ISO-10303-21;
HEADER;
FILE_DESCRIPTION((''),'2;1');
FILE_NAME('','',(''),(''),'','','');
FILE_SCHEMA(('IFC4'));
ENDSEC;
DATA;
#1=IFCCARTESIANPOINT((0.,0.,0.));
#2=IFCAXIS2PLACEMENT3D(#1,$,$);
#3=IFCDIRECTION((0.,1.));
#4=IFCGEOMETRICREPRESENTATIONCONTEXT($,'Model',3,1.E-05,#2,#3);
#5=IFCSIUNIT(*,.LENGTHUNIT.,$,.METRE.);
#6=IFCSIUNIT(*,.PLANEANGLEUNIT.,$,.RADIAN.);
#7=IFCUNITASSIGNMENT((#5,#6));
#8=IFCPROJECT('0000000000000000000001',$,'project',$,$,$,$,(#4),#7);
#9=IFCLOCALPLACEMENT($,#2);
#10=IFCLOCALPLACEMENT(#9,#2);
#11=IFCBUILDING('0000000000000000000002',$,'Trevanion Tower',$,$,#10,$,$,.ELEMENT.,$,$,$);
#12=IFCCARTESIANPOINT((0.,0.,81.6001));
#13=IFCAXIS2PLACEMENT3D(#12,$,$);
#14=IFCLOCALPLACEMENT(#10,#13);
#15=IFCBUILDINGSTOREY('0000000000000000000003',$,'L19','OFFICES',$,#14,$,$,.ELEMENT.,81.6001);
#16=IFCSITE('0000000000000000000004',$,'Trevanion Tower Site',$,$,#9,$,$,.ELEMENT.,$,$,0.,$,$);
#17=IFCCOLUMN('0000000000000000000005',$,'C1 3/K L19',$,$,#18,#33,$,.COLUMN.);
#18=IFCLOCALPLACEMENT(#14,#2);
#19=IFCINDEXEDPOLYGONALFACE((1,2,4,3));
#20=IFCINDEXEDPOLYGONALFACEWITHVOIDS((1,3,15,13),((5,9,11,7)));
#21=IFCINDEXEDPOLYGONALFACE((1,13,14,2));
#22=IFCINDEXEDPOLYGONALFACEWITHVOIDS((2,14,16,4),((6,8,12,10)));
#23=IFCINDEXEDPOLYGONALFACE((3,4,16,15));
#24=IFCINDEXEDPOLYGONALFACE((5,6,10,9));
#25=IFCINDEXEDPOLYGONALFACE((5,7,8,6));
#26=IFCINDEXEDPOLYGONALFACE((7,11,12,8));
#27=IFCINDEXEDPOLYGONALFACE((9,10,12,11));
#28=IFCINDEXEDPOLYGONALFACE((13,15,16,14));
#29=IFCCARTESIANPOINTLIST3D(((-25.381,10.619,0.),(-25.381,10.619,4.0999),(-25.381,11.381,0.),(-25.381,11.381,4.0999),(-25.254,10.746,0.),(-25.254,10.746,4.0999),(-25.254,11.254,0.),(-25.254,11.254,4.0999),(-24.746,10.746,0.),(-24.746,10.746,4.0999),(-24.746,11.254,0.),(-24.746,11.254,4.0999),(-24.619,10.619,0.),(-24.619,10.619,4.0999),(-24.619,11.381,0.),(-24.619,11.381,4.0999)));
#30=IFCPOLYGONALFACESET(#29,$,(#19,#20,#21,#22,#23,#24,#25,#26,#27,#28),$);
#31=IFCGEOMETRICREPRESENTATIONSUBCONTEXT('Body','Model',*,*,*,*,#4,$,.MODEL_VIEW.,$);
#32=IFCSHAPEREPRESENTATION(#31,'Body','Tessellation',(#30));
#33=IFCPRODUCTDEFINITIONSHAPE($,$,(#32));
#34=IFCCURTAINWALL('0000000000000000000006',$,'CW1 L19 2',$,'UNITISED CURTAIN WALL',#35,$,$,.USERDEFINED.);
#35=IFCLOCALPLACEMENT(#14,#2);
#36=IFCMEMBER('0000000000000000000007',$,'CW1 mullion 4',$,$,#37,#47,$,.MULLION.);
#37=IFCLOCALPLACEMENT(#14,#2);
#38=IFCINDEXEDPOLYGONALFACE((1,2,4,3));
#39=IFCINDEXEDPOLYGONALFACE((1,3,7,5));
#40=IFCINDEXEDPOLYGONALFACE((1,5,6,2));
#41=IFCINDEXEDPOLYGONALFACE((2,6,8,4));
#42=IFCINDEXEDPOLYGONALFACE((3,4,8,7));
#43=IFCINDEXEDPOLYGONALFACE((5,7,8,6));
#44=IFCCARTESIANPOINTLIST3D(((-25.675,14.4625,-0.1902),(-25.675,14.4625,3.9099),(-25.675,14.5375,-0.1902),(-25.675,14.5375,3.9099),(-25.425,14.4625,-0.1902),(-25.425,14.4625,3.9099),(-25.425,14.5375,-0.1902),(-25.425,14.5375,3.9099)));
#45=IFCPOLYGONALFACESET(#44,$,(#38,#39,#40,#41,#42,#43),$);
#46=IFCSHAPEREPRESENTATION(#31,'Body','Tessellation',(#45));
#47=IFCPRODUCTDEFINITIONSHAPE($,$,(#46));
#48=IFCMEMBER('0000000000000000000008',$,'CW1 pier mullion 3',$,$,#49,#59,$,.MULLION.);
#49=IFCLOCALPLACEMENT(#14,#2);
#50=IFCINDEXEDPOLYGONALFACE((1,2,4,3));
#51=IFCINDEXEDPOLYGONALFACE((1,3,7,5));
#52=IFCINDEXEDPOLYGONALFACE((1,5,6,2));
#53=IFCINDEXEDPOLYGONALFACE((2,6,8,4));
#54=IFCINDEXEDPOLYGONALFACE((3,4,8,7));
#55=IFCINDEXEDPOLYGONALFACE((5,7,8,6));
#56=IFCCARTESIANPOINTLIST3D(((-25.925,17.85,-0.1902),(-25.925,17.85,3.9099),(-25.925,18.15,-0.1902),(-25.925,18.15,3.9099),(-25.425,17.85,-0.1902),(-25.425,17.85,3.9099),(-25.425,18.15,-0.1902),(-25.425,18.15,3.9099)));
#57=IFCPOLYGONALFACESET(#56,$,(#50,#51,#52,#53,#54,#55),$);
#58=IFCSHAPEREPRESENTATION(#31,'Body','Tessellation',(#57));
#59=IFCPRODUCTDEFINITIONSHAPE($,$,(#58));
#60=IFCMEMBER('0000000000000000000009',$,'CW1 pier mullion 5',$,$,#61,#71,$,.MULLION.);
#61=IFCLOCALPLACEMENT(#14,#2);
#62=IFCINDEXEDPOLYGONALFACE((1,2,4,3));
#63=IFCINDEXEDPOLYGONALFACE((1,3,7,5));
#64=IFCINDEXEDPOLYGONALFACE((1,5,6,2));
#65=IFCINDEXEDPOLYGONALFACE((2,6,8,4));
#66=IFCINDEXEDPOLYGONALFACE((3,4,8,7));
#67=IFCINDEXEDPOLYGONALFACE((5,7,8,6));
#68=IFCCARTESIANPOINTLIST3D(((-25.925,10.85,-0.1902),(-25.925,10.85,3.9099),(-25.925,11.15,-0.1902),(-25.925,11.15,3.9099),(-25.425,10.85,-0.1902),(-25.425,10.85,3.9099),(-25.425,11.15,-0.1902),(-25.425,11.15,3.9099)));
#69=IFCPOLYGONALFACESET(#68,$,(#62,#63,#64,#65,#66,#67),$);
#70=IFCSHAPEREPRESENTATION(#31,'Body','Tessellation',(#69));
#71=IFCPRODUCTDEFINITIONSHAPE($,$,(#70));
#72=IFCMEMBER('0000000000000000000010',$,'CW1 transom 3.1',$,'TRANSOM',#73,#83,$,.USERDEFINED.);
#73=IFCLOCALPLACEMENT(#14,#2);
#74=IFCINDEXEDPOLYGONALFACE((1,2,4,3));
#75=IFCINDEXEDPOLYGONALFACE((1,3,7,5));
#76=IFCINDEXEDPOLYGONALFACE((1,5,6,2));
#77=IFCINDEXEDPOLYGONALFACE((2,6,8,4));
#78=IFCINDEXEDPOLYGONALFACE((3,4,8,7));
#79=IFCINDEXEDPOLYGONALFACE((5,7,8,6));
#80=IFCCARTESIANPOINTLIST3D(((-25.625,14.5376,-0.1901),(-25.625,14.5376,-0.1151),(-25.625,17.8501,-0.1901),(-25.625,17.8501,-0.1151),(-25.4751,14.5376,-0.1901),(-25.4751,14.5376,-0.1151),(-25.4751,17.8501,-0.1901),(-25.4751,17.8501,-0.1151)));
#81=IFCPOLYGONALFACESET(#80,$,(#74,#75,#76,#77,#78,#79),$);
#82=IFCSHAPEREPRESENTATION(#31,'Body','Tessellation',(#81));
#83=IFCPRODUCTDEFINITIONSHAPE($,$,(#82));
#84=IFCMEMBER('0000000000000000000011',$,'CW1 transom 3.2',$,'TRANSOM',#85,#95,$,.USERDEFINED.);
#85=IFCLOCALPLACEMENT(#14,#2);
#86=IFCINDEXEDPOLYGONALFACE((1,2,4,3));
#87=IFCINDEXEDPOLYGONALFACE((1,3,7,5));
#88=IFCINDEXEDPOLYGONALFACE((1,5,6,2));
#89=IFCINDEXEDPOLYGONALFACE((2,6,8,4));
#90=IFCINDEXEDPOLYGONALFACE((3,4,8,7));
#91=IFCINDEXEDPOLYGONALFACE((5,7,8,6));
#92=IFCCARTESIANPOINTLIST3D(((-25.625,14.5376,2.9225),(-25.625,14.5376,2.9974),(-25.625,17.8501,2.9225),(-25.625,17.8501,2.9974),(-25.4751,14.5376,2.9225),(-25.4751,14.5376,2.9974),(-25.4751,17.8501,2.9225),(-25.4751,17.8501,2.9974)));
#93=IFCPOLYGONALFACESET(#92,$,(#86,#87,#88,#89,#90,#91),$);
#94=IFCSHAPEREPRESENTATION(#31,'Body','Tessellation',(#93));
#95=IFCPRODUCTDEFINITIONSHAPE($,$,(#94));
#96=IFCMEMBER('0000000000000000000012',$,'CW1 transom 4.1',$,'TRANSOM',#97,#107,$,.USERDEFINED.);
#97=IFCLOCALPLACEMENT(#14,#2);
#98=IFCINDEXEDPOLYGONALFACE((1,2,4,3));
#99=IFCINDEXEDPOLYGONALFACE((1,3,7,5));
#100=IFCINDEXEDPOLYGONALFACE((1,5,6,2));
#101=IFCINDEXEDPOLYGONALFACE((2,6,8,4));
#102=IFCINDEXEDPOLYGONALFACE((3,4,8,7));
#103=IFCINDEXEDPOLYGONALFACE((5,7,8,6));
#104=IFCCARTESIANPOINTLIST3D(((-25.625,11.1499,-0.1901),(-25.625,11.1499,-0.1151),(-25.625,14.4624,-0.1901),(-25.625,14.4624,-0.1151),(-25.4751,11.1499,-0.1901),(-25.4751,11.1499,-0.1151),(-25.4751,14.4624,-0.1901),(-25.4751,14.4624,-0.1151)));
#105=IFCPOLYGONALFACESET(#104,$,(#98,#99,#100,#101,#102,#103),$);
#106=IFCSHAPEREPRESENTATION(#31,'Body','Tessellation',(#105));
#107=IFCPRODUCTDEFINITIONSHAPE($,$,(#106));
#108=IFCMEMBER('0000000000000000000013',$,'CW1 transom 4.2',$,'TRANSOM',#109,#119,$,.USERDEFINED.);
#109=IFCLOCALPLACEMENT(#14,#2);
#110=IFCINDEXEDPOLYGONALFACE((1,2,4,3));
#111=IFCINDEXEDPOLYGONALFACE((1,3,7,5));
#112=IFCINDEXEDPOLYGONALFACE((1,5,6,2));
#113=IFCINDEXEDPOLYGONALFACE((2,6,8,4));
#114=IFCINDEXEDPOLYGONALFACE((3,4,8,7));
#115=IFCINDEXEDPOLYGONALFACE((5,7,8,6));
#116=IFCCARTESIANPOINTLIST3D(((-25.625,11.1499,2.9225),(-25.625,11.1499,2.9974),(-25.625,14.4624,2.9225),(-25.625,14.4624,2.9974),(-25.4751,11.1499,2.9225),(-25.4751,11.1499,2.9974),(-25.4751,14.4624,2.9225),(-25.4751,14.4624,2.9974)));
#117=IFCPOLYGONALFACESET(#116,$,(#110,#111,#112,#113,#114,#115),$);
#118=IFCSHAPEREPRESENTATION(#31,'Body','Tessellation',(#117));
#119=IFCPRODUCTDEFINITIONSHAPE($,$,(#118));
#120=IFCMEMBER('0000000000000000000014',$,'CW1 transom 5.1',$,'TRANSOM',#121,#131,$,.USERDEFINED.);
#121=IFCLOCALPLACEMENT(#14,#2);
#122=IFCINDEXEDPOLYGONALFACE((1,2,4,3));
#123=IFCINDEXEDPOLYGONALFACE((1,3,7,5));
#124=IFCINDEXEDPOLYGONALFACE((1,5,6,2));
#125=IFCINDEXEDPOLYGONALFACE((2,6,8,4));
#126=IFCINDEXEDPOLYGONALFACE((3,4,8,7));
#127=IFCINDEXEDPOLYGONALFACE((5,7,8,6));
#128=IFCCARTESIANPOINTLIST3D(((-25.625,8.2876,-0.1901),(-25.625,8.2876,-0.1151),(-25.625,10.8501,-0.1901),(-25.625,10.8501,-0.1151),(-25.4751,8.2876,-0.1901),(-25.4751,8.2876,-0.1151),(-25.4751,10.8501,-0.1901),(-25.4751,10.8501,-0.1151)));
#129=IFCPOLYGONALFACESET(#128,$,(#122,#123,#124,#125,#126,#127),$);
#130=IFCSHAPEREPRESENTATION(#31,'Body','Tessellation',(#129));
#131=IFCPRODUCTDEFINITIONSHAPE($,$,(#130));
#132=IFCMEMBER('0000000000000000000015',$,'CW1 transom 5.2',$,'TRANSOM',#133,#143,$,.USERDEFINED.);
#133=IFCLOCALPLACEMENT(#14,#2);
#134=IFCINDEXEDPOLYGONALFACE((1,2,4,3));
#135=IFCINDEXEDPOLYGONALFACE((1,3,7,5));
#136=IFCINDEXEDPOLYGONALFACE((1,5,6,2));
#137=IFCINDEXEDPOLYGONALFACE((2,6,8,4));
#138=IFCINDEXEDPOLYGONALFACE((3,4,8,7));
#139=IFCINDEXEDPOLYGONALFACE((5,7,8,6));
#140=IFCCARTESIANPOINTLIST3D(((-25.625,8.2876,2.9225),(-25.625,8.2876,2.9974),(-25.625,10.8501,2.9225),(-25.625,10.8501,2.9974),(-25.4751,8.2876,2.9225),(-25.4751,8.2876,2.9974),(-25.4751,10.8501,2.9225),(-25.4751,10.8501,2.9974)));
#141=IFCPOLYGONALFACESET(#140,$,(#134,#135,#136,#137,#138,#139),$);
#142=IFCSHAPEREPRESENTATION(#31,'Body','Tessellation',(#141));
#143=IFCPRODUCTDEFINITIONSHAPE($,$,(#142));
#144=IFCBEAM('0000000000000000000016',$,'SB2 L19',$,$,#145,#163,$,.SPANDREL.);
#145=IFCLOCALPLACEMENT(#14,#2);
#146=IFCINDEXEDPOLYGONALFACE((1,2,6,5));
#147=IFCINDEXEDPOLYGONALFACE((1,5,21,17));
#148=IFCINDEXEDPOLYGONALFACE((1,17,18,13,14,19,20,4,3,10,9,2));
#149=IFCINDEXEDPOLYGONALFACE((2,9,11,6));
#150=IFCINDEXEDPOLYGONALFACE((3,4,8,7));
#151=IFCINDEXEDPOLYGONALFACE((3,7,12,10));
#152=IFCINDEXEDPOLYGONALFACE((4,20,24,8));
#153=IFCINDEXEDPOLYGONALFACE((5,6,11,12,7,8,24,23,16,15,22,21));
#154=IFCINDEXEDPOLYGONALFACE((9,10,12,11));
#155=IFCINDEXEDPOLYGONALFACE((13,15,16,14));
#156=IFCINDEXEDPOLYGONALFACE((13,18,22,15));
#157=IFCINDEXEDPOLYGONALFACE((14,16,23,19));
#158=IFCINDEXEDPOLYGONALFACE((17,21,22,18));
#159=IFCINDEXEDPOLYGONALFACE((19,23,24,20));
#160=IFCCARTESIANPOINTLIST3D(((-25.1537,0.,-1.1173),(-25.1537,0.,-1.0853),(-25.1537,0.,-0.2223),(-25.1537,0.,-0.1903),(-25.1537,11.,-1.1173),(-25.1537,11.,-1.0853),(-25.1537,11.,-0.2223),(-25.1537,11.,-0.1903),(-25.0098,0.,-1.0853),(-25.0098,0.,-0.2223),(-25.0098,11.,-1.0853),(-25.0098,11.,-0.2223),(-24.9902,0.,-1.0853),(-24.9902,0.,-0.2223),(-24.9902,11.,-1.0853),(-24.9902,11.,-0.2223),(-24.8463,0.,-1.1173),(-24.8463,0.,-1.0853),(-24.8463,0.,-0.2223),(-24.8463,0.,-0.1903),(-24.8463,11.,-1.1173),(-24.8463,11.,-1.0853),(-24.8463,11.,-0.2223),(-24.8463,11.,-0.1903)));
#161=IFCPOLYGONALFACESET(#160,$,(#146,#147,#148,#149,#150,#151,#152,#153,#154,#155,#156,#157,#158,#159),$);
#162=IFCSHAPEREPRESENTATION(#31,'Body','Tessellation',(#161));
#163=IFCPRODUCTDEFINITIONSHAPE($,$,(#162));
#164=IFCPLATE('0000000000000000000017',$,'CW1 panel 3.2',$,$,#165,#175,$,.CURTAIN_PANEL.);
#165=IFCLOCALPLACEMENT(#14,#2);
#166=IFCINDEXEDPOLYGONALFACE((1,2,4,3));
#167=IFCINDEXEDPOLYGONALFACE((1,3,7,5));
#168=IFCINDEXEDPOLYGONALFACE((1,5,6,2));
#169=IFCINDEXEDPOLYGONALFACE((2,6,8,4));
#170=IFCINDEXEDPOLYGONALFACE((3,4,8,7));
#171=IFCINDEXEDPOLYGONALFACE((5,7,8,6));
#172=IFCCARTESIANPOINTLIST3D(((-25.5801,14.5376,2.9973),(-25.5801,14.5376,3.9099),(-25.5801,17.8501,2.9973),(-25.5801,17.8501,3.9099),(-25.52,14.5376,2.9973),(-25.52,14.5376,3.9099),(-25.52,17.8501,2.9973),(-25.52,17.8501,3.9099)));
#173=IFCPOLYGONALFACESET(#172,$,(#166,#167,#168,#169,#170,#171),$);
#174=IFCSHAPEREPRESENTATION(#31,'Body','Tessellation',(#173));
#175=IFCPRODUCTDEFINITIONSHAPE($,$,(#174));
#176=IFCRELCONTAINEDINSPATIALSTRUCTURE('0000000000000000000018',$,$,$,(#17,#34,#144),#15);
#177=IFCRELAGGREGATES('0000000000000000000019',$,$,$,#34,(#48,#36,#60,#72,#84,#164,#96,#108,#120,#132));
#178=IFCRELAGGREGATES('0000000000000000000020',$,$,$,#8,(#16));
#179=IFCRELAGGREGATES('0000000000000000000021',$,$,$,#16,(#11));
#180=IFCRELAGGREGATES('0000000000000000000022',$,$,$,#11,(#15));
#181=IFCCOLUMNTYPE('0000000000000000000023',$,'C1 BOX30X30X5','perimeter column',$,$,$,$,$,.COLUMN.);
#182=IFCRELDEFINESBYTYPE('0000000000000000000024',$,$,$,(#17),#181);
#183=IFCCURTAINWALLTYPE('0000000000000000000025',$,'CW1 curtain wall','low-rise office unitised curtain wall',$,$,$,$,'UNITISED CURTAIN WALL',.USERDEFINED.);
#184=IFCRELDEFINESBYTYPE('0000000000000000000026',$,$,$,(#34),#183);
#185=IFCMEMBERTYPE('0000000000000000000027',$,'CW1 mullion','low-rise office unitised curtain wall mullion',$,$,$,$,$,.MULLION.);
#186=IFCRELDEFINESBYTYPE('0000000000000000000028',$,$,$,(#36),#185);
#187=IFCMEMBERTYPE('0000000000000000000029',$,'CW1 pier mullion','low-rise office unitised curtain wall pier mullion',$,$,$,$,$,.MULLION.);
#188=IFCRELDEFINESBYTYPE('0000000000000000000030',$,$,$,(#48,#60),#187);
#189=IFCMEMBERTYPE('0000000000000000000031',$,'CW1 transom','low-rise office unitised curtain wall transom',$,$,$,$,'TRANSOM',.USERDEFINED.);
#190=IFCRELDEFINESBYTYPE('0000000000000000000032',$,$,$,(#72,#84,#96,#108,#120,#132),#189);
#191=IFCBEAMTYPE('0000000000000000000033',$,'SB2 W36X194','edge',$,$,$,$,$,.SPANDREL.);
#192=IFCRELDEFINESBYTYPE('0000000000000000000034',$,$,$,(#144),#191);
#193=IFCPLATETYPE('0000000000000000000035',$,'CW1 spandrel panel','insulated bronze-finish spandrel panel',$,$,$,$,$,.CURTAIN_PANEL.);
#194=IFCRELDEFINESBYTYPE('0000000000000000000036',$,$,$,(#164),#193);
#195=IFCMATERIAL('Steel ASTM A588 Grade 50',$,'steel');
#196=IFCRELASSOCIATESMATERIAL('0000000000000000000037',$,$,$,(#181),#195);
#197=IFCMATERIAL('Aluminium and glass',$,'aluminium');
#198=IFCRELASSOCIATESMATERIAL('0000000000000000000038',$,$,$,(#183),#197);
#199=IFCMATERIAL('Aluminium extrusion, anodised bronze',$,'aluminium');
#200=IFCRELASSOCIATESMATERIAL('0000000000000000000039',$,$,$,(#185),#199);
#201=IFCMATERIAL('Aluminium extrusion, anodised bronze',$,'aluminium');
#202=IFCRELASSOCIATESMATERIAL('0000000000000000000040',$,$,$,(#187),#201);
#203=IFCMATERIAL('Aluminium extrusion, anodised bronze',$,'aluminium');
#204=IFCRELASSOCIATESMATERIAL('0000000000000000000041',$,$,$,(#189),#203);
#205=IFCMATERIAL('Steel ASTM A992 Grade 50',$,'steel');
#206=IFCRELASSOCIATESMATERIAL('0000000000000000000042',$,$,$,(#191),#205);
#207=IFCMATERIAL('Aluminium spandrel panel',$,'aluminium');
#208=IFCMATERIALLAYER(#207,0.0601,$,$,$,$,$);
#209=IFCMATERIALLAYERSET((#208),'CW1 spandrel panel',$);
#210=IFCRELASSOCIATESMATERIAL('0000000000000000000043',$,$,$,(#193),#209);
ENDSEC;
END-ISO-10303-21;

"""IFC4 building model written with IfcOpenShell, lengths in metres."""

from ifc_helpers import new_model, si_unit, direction, frame, origin, origin_2d, place, context, subcontext, project, spatial, rectangle, hollow_rectangle, i_section, extrude, material, layer, layer_set, material_profile, profile_set, type_object, element, aggregate, save


model = new_model("IFC4")

# Units and contexts
model_context = context("Model", 3, precision=1e-05, world=origin(), true_north=direction((0.0, 1.0)))
body_context = subcontext(model_context, "Body", "Model", "MODEL_VIEW")
ifc_project = project(units=[si_unit("LENGTHUNIT", "METRE"), si_unit("PLANEANGLEUNIT", "RADIAN")], contexts=[model_context])

# Site, building, storey
site_placement = place(None, origin())
site = spatial("IfcSite", under=ifc_project, at=site_placement, Name="Trevanion Tower Site", CompositionType="ELEMENT", RefElevation=0.0)
building_placement = place(site_placement, origin())
building = spatial("IfcBuilding", under=site, at=building_placement, Name="Trevanion Tower", CompositionType="ELEMENT")
storey_placement = place(building_placement, frame((0.0, 0.0, 81.6001)))
storey = spatial("IfcBuildingStorey", under=building, at=storey_placement, Name="L19", Description="OFFICES", CompositionType="ELEMENT", Elevation=81.6001)

# Column
ifc_material_1 = material(Name="Steel ASTM A588 Grade 50", Category="steel")
ifc_material_profile_1 = material_profile(ifc_material_1, hollow_rectangle(XDim=0.762, YDim=0.762, WallThickness=0.127, at=origin_2d()), Name="BOX30X30X5")
ifc_profile_set_1 = profile_set([ifc_material_profile_1], Name="Steel ASTM A588 Grade 50")
column_type = type_object("IfcColumnType", Name="C1 BOX30X30X5", Description="perimeter column", PredefinedType="COLUMN", material=ifc_profile_set_1)
column_placement = place(storey_placement, frame((-25.0, 11.0, 0.0), z_axis=(0.0, 0.0, 1.0), x_axis=(0.0, 1.0, 0.0)))
element("IfcColumn", 1, at=column_placement, inside=storey, type_object=column_type, Name="C1 3/K L19", PredefinedType="COLUMN", context=body_context, shape_type="SweptSolid", body=[
    extrude(hollow_rectangle(XDim=0.762, YDim=0.762, WallThickness=0.127, at=origin_2d()), origin(), (0.0, 0.0, 1.0), 4.0999),
])

# Curtain wall, members
ifc_material_2 = material(Name="Aluminium and glass", Category="aluminium")
curtain_wall_type = type_object("IfcCurtainWallType", Name="CW1 curtain wall", Description="low-rise office unitised curtain wall", ElementType="UNITISED CURTAIN WALL", PredefinedType="USERDEFINED", material=ifc_material_2)
curtain_wall_placement = place(storey_placement, origin())
curtain_wall = element("IfcCurtainWall", 2, at=curtain_wall_placement, inside=storey, type_object=curtain_wall_type, Name="CW1 L19 2", ObjectType="UNITISED CURTAIN WALL", PredefinedType="USERDEFINED")
ifc_material_3 = material(Name="Aluminium extrusion, anodised bronze", Category="aluminium")
ifc_material_profile_2 = material_profile(ifc_material_3, rectangle(XDim=0.075, YDim=0.25, at=origin_2d()), Name="CW1 mullion")
ifc_profile_set_2 = profile_set([ifc_material_profile_2], Name="Aluminium extrusion, anodised bronze")
member_type_1 = type_object("IfcMemberType", Name="CW1 mullion", Description="low-rise office unitised curtain wall mullion", PredefinedType="MULLION", material=ifc_profile_set_2)
member_1_placement = place(storey_placement, frame((-25.55, 14.5, -0.1902), z_axis=(0.0, 0.0, 1.0), x_axis=(0.0, -1.0, 0.0)))
member_1 = element("IfcMember", 3, at=member_1_placement, type_object=member_type_1, Name="CW1 mullion 4", PredefinedType="MULLION", context=body_context, shape_type="SweptSolid", body=[
    extrude(rectangle(XDim=0.075, YDim=0.25, at=origin_2d()), origin(), (0.0, 0.0, 1.0), 4.1001),
])
ifc_material_4 = material(Name="Aluminium extrusion, anodised bronze", Category="aluminium")
ifc_material_profile_3 = material_profile(ifc_material_4, rectangle(XDim=0.3, YDim=0.5, at=origin_2d()), Name="CW1 pier mullion")
ifc_profile_set_3 = profile_set([ifc_material_profile_3], Name="Aluminium extrusion, anodised bronze")
member_type_2 = type_object("IfcMemberType", Name="CW1 pier mullion", Description="low-rise office unitised curtain wall pier mullion", PredefinedType="MULLION", material=ifc_profile_set_3)
member_2_placement = place(storey_placement, frame((-25.675, 18.0, -0.1902), z_axis=(0.0, 0.0, 1.0), x_axis=(0.0, -1.0, 0.0)))
member_2 = element("IfcMember", 4, at=member_2_placement, type_object=member_type_2, Name="CW1 pier mullion 3", PredefinedType="MULLION", context=body_context, shape_type="SweptSolid", body=[
    extrude(rectangle(XDim=0.3, YDim=0.5, at=origin_2d()), origin(), (0.0, 0.0, 1.0), 4.1001),
])
member_3_placement = place(storey_placement, frame((-25.675, 11.0, -0.1902), z_axis=(0.0, 0.0, 1.0), x_axis=(0.0, -1.0, 0.0)))
member_3 = element("IfcMember", 5, at=member_3_placement, type_object=member_type_2, Name="CW1 pier mullion 5", PredefinedType="MULLION", context=body_context, shape_type="SweptSolid", body=[
    extrude(rectangle(XDim=0.3, YDim=0.5, at=origin_2d()), origin(), (0.0, 0.0, 1.0), 4.1001),
])
ifc_material_5 = material(Name="Aluminium extrusion, anodised bronze", Category="aluminium")
ifc_material_profile_4 = material_profile(ifc_material_5, rectangle(XDim=0.1499, YDim=0.075, at=origin_2d()), Name="CW1 transom")
ifc_profile_set_4 = profile_set([ifc_material_profile_4], Name="Aluminium extrusion, anodised bronze")
member_type_3 = type_object("IfcMemberType", Name="CW1 transom", Description="low-rise office unitised curtain wall transom", ElementType="TRANSOM", PredefinedType="USERDEFINED", material=ifc_profile_set_4)
member_4_placement = place(storey_placement, frame((-25.55, 17.8501, -0.1526), z_axis=(0.0, -1.0, 0.0), x_axis=(1.0, 0.0, 0.0)))
member_4 = element("IfcMember", 6, at=member_4_placement, type_object=member_type_3, Name="CW1 transom 3.1", ObjectType="TRANSOM", PredefinedType="USERDEFINED", context=body_context, shape_type="SweptSolid", body=[
    extrude(rectangle(XDim=0.1499, YDim=0.075, at=origin_2d()), origin(), (0.0, 0.0, 1.0), 3.3125),
])
member_5_placement = place(storey_placement, frame((-25.55, 17.8501, 2.96), z_axis=(0.0, -1.0, 0.0), x_axis=(1.0, 0.0, 0.0)))
member_5 = element("IfcMember", 7, at=member_5_placement, type_object=member_type_3, Name="CW1 transom 3.2", ObjectType="TRANSOM", PredefinedType="USERDEFINED", context=body_context, shape_type="SweptSolid", body=[
    extrude(rectangle(XDim=0.1499, YDim=0.075, at=origin_2d()), origin(), (0.0, 0.0, 1.0), 3.3125),
])
member_6_placement = place(storey_placement, frame((-25.55, 14.4624, -0.1526), z_axis=(0.0, -1.0, 0.0), x_axis=(1.0, 0.0, 0.0)))
member_6 = element("IfcMember", 8, at=member_6_placement, type_object=member_type_3, Name="CW1 transom 4.1", ObjectType="TRANSOM", PredefinedType="USERDEFINED", context=body_context, shape_type="SweptSolid", body=[
    extrude(rectangle(XDim=0.1499, YDim=0.075, at=origin_2d()), origin(), (0.0, 0.0, 1.0), 3.3125),
])
member_7_placement = place(storey_placement, frame((-25.55, 14.4624, 2.96), z_axis=(0.0, -1.0, 0.0), x_axis=(1.0, 0.0, 0.0)))
member_7 = element("IfcMember", 9, at=member_7_placement, type_object=member_type_3, Name="CW1 transom 4.2", ObjectType="TRANSOM", PredefinedType="USERDEFINED", context=body_context, shape_type="SweptSolid", body=[
    extrude(rectangle(XDim=0.1499, YDim=0.075, at=origin_2d()), origin(), (0.0, 0.0, 1.0), 3.3125),
])
member_8_placement = place(storey_placement, frame((-25.55, 10.8501, -0.1526), z_axis=(0.0, -1.0, 0.0), x_axis=(1.0, 0.0, 0.0)))
member_8 = element("IfcMember", 10, at=member_8_placement, type_object=member_type_3, Name="CW1 transom 5.1", ObjectType="TRANSOM", PredefinedType="USERDEFINED", context=body_context, shape_type="SweptSolid", body=[
    extrude(rectangle(XDim=0.1499, YDim=0.075, at=origin_2d()), origin(), (0.0, 0.0, 1.0), 2.5625),
])
member_9_placement = place(storey_placement, frame((-25.55, 10.8501, 2.96), z_axis=(0.0, -1.0, 0.0), x_axis=(1.0, 0.0, 0.0)))
member_9 = element("IfcMember", 11, at=member_9_placement, type_object=member_type_3, Name="CW1 transom 5.2", ObjectType="TRANSOM", PredefinedType="USERDEFINED", context=body_context, shape_type="SweptSolid", body=[
    extrude(rectangle(XDim=0.1499, YDim=0.075, at=origin_2d()), origin(), (0.0, 0.0, 1.0), 2.5625),
])

# Beam
ifc_material_6 = material(Name="Steel ASTM A992 Grade 50", Category="steel")
ifc_material_profile_5 = material_profile(ifc_material_6, i_section(OverallWidth=0.3074, OverallDepth=0.927, WebThickness=0.0195, FlangeThickness=0.032, at=origin_2d()), Name="W36X194")
ifc_profile_set_5 = profile_set([ifc_material_profile_5], Name="Steel ASTM A992 Grade 50")
beam_type = type_object("IfcBeamType", Name="SB2 W36X194", Description="edge", PredefinedType="SPANDREL", material=ifc_profile_set_5)
beam_placement = place(storey_placement, frame((-25.0, 11.0, -0.6538), z_axis=(0.0, -1.0, 0.0), x_axis=(1.0, 0.0, 0.0)))
element("IfcBeam", 12, at=beam_placement, inside=storey, type_object=beam_type, Name="SB2 L19", PredefinedType="SPANDREL", context=body_context, shape_type="SweptSolid", body=[
    extrude(i_section(OverallWidth=0.3074, OverallDepth=0.927, WebThickness=0.0195, FlangeThickness=0.032, at=origin_2d()), origin(), (0.0, 0.0, 1.0), 11.0),
])

# Plate
ifc_material_7 = material(Name="Aluminium spandrel panel", Category="aluminium")
ifc_layer_1 = layer(ifc_material_7, 0.0601)
ifc_layer_set_1 = layer_set([ifc_layer_1], Name="CW1 spandrel panel")
plate_type_1 = type_object("IfcPlateType", Name="CW1 spandrel panel", Description="insulated bronze-finish spandrel panel", PredefinedType="CURTAIN_PANEL", material=ifc_layer_set_1)
plate_1_placement = place(storey_placement, frame((-25.55, 16.1938, 2.9973), z_axis=(0.0, 0.0, 1.0), x_axis=(0.0, -1.0, 0.0)))
plate_1 = element("IfcPlate", 13, at=plate_1_placement, type_object=plate_type_1, Name="CW1 panel 3.2", PredefinedType="CURTAIN_PANEL", context=body_context, shape_type="SweptSolid", body=[
    extrude(rectangle(XDim=3.3125, YDim=0.0601, at=origin_2d()), origin(), (0.0, 0.0, 1.0), 0.9126),
])
aggregate(curtain_wall, [member_2, member_1, member_3, member_4, member_5, plate_1, member_6, member_7, member_8, member_9])

save(model, "model.ifc")
